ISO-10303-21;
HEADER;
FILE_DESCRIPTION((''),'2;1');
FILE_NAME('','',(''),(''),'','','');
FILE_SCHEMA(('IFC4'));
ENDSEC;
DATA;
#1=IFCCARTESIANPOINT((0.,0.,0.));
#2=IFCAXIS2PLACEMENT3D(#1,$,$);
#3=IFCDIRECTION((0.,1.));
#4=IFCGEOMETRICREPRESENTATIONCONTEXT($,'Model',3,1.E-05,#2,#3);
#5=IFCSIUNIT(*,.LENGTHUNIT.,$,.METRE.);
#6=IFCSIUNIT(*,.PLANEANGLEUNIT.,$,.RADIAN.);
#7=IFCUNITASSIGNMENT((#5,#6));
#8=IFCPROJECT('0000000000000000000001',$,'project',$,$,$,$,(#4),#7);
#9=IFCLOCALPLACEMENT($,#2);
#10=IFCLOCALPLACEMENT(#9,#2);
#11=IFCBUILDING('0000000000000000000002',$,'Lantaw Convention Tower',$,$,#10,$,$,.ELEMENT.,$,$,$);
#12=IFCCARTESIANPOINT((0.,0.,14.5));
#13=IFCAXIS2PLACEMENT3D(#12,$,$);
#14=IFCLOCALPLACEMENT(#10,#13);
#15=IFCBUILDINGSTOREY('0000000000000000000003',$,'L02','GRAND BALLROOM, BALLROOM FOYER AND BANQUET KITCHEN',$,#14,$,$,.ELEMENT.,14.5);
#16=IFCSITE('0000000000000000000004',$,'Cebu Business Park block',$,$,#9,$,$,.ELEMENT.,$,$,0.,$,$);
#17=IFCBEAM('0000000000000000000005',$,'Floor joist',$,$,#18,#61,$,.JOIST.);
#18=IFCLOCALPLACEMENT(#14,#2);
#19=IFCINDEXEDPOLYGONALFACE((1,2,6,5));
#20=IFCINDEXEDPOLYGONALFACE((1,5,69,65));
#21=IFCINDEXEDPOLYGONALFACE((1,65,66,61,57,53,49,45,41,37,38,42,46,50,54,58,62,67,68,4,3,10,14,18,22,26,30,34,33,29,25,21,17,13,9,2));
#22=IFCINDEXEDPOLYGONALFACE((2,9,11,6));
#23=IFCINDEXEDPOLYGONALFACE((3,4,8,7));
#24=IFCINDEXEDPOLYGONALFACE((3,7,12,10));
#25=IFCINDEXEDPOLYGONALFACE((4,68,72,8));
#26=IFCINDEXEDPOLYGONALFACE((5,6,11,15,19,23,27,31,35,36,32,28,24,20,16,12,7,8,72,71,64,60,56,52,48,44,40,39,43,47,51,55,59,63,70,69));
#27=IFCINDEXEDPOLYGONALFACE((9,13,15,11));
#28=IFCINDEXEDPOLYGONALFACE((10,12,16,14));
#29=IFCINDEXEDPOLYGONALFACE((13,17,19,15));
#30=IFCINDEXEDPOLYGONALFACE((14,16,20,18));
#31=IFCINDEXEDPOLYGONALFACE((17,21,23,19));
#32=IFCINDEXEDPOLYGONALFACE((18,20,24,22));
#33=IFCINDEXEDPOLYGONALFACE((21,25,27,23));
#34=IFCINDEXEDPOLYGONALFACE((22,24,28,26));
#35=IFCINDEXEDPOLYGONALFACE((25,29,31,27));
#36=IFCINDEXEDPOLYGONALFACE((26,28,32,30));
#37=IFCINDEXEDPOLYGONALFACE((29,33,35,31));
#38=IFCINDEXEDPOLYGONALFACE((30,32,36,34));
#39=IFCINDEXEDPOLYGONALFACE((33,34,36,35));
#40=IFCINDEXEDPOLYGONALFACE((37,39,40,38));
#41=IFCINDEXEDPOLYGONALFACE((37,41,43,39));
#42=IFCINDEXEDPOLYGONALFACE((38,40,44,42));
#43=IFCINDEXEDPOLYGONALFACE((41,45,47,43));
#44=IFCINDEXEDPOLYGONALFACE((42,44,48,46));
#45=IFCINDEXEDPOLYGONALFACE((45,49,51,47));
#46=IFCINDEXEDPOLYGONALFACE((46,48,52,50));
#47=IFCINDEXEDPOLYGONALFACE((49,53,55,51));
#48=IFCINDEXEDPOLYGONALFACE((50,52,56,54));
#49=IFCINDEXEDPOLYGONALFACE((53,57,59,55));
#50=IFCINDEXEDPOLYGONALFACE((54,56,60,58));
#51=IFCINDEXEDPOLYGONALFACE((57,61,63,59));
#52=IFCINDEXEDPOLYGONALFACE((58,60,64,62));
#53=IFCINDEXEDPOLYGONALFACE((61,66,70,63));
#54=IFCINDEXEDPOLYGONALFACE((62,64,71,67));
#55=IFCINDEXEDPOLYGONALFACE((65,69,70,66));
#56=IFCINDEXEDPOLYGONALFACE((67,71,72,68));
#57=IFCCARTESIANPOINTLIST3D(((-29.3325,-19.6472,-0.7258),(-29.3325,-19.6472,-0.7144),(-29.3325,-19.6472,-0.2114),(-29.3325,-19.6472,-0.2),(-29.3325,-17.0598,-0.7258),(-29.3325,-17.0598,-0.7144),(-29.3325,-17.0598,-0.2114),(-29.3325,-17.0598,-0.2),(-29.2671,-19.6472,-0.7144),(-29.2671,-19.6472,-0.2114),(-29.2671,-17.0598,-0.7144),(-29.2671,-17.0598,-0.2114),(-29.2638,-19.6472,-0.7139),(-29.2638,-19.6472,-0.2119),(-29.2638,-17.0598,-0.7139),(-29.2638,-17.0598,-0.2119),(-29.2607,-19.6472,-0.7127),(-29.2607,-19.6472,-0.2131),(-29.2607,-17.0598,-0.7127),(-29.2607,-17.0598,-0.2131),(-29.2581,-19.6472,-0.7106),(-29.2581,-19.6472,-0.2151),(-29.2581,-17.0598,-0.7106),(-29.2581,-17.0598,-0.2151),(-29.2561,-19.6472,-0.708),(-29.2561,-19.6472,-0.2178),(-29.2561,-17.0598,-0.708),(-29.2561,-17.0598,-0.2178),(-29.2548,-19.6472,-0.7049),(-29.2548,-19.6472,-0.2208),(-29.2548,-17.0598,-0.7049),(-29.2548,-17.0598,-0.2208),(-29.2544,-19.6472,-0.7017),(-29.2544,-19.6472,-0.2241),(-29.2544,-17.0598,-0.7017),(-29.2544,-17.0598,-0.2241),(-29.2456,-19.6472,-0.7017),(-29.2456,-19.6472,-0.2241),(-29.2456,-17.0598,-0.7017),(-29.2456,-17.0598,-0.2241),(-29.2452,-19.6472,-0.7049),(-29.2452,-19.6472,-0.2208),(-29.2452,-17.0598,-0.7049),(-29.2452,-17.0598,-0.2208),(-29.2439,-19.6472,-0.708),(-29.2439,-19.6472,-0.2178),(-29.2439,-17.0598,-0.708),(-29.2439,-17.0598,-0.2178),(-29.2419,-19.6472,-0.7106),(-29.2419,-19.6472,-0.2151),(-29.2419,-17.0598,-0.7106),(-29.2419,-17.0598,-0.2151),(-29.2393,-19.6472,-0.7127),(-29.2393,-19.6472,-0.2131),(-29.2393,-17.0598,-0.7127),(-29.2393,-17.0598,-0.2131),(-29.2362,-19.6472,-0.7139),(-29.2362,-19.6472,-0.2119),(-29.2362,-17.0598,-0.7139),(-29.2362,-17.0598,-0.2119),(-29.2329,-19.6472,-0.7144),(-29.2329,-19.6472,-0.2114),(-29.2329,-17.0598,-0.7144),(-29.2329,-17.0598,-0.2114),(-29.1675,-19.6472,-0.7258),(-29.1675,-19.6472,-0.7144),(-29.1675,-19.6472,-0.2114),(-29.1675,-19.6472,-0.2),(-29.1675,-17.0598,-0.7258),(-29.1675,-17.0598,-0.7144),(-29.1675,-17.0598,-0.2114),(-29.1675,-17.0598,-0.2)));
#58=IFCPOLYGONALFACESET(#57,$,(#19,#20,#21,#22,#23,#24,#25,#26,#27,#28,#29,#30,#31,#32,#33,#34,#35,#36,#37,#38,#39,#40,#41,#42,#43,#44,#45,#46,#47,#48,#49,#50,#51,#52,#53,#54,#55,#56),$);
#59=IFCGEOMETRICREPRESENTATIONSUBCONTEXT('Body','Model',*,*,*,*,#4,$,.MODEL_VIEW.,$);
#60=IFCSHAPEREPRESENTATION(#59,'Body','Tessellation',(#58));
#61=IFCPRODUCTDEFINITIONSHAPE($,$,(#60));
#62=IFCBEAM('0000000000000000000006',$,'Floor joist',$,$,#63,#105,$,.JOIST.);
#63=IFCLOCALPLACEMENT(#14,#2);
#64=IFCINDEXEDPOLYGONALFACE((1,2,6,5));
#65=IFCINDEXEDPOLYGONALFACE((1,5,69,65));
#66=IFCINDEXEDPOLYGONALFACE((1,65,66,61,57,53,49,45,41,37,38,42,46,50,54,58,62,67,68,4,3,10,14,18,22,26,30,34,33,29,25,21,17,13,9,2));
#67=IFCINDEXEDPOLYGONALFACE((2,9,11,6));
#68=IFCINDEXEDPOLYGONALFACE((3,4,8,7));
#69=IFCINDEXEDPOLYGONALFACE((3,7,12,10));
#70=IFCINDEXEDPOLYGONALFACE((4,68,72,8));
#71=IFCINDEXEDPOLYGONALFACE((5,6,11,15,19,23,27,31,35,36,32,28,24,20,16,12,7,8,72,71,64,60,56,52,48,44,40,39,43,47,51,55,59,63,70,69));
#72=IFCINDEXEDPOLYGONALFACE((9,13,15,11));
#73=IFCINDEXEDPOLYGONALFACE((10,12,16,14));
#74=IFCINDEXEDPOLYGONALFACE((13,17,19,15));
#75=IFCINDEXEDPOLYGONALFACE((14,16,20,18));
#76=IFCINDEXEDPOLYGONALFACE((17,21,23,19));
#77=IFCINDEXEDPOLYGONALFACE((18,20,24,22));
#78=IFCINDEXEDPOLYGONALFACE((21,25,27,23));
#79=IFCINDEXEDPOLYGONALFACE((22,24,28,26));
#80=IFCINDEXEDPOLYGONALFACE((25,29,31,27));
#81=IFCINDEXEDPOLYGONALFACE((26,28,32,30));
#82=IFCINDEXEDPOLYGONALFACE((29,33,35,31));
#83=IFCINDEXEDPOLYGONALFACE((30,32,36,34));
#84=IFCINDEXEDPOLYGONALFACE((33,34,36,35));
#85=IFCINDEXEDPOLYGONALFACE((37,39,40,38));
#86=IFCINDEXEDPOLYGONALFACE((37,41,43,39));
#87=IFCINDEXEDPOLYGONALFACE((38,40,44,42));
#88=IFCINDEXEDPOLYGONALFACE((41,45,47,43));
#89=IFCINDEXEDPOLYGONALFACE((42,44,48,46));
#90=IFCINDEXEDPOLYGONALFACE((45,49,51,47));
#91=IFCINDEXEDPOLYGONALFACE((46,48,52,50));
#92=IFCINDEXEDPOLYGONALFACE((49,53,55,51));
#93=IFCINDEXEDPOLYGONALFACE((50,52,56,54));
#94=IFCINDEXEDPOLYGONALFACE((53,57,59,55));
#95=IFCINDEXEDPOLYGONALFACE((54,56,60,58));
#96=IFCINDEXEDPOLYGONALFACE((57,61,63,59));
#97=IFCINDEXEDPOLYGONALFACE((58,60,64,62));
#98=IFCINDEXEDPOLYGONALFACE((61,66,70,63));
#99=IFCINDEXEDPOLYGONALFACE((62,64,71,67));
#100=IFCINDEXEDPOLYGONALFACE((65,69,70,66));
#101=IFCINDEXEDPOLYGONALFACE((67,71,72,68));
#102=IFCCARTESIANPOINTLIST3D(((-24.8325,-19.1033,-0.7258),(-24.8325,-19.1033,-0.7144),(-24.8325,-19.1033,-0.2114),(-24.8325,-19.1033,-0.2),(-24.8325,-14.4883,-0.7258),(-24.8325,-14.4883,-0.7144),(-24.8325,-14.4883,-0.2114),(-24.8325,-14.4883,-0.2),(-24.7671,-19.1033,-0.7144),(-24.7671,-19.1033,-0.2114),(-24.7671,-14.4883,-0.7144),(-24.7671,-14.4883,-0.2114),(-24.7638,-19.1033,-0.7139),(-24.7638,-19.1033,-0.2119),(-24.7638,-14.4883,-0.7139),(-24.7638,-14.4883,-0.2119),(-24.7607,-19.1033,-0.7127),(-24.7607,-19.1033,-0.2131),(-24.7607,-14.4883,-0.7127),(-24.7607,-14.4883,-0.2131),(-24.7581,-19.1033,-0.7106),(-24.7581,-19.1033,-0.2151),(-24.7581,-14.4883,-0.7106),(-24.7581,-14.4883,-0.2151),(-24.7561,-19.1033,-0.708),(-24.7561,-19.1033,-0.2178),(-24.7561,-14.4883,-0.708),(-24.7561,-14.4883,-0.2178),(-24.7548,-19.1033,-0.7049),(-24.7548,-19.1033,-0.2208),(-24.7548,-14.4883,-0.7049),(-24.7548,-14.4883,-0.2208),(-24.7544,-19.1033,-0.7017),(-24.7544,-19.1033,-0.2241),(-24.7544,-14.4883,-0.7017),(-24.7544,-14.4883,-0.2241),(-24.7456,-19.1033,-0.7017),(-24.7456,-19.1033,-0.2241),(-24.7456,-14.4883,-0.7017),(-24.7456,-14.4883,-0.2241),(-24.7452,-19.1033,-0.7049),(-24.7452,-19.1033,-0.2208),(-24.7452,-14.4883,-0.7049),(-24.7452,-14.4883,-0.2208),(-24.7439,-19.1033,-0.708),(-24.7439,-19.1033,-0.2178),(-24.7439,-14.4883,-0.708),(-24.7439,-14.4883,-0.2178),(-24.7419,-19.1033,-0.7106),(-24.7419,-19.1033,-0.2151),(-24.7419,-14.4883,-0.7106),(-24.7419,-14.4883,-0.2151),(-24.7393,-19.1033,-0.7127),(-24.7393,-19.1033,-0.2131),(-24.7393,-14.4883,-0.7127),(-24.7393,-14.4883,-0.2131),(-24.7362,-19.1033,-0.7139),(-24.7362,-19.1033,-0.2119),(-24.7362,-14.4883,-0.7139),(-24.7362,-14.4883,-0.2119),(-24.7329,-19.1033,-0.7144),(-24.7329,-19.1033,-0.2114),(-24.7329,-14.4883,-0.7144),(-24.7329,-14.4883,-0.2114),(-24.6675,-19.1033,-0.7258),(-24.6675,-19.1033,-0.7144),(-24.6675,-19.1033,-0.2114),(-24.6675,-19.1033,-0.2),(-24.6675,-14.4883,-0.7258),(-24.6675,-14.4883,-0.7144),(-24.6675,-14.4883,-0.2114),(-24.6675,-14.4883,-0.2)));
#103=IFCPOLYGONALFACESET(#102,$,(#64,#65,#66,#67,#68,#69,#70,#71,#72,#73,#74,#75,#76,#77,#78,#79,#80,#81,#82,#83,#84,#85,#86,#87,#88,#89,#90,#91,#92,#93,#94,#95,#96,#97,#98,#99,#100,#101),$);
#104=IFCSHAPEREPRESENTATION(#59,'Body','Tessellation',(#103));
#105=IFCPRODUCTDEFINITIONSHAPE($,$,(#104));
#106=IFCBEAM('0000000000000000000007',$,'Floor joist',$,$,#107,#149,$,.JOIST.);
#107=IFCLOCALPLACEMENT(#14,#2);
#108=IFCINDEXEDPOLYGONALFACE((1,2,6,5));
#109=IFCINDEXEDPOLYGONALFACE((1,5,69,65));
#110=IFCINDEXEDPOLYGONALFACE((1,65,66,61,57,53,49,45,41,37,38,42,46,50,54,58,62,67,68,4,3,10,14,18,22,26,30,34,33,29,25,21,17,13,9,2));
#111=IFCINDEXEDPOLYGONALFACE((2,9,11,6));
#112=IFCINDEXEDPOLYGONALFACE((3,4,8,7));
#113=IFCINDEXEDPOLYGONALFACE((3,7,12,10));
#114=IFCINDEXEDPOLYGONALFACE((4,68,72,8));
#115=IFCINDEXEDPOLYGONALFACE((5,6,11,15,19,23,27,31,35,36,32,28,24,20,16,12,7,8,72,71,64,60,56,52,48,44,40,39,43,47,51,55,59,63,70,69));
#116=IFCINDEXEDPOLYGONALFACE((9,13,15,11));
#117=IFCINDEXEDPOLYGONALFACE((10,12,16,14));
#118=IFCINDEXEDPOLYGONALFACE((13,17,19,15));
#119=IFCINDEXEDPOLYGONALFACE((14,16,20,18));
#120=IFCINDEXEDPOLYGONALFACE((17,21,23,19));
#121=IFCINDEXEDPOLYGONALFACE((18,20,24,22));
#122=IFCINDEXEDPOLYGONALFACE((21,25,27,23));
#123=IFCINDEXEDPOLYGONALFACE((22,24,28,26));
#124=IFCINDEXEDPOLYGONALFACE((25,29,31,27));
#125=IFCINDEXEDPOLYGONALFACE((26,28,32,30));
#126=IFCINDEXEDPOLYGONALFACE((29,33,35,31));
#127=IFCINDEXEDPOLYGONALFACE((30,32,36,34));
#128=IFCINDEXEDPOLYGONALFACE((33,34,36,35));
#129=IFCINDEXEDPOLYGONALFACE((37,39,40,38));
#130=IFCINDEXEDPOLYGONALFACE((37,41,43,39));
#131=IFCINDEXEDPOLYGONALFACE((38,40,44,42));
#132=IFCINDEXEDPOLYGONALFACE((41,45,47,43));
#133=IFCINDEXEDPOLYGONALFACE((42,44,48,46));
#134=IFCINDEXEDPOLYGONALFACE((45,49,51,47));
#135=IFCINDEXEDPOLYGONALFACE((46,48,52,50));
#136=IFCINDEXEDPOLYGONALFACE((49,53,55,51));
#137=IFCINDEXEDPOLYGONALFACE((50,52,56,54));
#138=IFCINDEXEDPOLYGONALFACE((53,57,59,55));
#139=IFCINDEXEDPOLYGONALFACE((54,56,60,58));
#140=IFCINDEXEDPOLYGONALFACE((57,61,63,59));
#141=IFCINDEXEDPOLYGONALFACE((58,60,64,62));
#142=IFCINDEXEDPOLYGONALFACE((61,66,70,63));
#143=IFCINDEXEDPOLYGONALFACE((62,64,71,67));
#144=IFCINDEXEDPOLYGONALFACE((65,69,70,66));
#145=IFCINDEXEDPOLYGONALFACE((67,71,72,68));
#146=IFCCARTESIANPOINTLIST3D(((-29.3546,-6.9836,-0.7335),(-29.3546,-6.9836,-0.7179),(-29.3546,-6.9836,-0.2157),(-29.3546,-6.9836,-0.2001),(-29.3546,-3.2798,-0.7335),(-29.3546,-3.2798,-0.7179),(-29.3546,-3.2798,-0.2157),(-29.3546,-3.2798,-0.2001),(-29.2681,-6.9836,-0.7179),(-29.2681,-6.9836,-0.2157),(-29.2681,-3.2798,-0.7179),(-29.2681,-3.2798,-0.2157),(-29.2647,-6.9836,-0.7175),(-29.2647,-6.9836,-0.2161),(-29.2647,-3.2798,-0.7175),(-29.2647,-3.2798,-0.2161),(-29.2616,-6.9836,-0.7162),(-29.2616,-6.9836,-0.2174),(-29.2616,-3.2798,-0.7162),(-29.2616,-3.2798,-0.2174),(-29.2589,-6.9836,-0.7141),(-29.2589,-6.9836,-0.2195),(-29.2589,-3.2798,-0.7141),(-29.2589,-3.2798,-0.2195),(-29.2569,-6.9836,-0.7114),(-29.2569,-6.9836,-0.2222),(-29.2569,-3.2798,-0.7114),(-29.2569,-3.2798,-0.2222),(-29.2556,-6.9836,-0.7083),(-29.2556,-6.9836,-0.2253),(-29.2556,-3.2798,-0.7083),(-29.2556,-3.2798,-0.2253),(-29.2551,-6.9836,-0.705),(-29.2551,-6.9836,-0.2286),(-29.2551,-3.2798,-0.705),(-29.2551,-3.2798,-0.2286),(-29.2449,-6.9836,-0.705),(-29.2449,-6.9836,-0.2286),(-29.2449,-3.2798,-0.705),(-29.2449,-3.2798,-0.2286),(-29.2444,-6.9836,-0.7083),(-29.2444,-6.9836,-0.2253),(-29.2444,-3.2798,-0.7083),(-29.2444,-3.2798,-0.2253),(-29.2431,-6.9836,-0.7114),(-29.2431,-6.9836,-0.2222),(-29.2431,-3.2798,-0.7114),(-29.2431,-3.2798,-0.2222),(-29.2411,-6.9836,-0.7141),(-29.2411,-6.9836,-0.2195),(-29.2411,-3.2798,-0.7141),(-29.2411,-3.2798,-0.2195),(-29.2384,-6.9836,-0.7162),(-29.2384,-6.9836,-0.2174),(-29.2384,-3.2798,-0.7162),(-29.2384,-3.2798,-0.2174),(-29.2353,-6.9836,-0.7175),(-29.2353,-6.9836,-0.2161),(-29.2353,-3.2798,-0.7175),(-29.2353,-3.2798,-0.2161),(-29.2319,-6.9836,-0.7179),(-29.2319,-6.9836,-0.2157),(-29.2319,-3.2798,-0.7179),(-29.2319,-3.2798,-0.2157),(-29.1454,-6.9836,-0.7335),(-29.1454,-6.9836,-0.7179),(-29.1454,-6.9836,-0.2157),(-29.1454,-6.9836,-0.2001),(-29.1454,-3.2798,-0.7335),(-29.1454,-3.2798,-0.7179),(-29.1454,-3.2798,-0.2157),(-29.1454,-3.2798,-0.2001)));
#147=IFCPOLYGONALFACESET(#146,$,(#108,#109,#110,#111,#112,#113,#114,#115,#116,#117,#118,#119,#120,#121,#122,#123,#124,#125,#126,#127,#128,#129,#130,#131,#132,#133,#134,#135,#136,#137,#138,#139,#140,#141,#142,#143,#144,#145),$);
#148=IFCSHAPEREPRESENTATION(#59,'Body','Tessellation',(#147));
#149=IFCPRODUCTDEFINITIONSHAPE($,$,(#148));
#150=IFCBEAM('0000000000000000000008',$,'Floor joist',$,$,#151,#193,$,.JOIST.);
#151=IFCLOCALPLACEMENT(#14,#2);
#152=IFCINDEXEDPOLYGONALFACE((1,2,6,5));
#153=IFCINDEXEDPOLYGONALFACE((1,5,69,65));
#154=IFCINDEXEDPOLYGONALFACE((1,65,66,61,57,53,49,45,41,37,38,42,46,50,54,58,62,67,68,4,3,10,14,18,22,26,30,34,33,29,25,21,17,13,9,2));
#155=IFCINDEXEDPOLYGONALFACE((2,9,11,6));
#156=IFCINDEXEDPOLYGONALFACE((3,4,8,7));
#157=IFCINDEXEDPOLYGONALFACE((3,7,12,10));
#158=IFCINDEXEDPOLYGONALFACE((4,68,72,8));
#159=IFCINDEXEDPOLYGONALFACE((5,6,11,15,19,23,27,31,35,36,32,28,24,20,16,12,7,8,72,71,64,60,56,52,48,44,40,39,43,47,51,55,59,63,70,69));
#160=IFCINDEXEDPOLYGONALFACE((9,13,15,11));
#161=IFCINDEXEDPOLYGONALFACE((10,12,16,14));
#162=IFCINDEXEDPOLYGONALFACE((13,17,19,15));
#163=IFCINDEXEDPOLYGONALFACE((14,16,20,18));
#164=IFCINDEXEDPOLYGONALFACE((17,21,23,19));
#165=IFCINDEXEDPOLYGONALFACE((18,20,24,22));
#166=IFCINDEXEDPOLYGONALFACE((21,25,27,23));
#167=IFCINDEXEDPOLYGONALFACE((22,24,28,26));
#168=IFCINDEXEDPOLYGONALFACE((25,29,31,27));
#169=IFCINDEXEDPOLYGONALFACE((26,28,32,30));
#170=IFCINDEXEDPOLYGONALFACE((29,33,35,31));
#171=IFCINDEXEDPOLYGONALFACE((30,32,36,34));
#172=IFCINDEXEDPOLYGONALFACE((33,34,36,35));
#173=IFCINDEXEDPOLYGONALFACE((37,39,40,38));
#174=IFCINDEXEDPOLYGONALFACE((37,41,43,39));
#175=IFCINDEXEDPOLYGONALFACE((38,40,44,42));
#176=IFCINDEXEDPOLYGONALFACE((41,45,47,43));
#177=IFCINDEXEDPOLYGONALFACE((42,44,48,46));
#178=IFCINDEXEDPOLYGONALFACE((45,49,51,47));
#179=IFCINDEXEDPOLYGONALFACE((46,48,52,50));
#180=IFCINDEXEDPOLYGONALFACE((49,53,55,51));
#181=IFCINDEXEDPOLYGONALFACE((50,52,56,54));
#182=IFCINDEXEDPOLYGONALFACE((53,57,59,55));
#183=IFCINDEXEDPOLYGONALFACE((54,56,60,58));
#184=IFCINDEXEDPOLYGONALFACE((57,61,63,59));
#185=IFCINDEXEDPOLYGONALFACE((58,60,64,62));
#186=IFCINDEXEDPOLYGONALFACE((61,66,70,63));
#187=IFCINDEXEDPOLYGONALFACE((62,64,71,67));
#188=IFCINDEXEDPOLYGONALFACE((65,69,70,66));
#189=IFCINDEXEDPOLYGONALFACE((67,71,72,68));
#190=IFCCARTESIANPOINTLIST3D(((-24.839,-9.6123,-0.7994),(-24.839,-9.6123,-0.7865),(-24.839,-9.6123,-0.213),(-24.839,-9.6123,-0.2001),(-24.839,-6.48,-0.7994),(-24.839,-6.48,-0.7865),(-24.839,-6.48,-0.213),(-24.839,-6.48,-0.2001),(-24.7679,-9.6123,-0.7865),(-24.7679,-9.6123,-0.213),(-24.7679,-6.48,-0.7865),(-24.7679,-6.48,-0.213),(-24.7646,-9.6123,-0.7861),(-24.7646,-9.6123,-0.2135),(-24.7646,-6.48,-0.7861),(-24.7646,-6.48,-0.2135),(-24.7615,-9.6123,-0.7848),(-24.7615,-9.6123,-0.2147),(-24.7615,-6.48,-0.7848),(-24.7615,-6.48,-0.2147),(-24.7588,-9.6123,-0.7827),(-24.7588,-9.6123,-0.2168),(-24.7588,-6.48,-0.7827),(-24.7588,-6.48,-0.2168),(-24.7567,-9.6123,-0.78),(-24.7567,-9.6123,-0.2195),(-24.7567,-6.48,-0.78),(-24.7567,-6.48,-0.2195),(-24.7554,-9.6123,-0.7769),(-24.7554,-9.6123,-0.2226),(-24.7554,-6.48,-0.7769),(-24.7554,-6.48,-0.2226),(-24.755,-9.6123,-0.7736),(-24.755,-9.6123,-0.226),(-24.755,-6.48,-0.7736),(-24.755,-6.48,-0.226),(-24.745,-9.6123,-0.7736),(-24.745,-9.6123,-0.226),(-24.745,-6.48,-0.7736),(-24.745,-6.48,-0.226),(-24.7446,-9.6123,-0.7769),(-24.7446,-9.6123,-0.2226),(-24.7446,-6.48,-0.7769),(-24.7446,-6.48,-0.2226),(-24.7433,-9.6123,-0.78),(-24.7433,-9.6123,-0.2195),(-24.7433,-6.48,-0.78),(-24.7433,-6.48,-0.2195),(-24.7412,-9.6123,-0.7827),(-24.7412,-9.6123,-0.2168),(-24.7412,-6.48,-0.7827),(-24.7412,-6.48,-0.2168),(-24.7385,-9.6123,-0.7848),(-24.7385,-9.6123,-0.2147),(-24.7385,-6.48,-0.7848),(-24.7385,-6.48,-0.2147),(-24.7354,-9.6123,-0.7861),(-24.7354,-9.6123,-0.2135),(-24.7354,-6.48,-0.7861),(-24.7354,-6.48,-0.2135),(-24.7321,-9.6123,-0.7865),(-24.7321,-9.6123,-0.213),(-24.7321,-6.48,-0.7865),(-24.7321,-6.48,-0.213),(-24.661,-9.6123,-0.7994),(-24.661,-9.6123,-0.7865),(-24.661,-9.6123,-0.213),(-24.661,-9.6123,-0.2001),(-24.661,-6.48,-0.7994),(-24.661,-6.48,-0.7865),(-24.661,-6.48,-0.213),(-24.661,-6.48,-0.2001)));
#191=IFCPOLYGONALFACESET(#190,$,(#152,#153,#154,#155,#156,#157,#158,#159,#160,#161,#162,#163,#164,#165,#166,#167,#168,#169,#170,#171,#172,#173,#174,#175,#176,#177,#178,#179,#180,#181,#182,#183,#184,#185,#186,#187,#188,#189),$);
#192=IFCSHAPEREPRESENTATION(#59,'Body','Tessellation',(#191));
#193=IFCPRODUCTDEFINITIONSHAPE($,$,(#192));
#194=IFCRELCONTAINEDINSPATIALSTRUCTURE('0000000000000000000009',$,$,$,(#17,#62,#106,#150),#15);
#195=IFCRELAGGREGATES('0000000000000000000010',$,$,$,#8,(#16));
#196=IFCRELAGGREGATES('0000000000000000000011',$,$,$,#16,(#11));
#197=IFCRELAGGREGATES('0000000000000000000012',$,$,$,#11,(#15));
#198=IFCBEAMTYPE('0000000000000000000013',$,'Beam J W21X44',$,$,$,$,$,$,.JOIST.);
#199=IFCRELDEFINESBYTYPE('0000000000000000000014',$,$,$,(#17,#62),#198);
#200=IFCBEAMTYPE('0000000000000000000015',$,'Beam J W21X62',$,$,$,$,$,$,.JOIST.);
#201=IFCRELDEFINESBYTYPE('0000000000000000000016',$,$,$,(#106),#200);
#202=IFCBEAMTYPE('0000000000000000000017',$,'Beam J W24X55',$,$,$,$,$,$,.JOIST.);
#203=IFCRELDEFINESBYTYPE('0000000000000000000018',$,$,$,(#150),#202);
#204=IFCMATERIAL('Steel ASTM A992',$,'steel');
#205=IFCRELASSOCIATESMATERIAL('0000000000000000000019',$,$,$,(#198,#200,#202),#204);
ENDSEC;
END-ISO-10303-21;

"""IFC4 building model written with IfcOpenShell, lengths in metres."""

from ifc_helpers import new_model, si_unit, direction, frame, origin, origin_2d, place, context, subcontext, project, spatial, i_section, extrude, material, material_profile, profile_set, type_object, element, save


model = new_model("IFC4")

# Units and contexts
model_context = context("Model", 3, precision=1e-05, world=origin(), true_north=direction((0.0, 1.0)))
body_context = subcontext(model_context, "Body", "Model", "MODEL_VIEW")
ifc_project = project(units=[si_unit("LENGTHUNIT", "METRE"), si_unit("PLANEANGLEUNIT", "RADIAN")], contexts=[model_context])

# Site, building, storey
site_placement = place(None, origin())
site = spatial("IfcSite", under=ifc_project, at=site_placement, Name="Cebu Business Park block", CompositionType="ELEMENT", RefElevation=0.0)
building_placement = place(site_placement, origin())
building = spatial("IfcBuilding", under=site, at=building_placement, Name="Lantaw Convention Tower", CompositionType="ELEMENT")
storey_placement = place(building_placement, frame((0.0, 0.0, 14.5)))
storey = spatial("IfcBuildingStorey", under=building, at=storey_placement, Name="L02", Description="GRAND BALLROOM, BALLROOM FOYER AND BANQUET KITCHEN", CompositionType="ELEMENT", Elevation=14.5)

# Beams
ifc_material_1 = material(Name="Steel ASTM A992", Category="steel")
ifc_material_profile_1 = material_profile(ifc_material_1, i_section(OverallWidth=0.165, OverallDepth=0.5259, WebThickness=0.0088, FlangeThickness=0.0115, FilletRadius=0.0127, at=origin_2d()), Name="W21X44")
ifc_profile_set_1 = profile_set([ifc_material_profile_1], Name="Steel ASTM A992")
beam_type_1 = type_object("IfcBeamType", Name="Beam J W21X44", PredefinedType="JOIST", material=ifc_profile_set_1)
beam_1_placement = place(storey_placement, frame((-29.25, -19.6472, -0.4629), z_axis=(0.0, 1.0, 0.0), x_axis=(-1.0, 0.0, 0.0)))
element("IfcBeam", 1, at=beam_1_placement, inside=storey, type_object=beam_type_1, Name="Floor joist", PredefinedType="JOIST", context=body_context, shape_type="SweptSolid", body=[
    extrude(i_section(OverallWidth=0.165, OverallDepth=0.5259, WebThickness=0.0088, FlangeThickness=0.0115, FilletRadius=0.0127, at=origin_2d()), origin(), (0.0, 0.0, 1.0), 2.5874),
])
beam_2_placement = place(storey_placement, frame((-24.75, -19.1033, -0.4629), z_axis=(0.0, 1.0, 0.0), x_axis=(-1.0, 0.0, 0.0)))
element("IfcBeam", 2, at=beam_2_placement, inside=storey, type_object=beam_type_1, Name="Floor joist", PredefinedType="JOIST", context=body_context, shape_type="SweptSolid", body=[
    extrude(i_section(OverallWidth=0.165, OverallDepth=0.5259, WebThickness=0.0088, FlangeThickness=0.0115, FilletRadius=0.0127, at=origin_2d()), origin(), (0.0, 0.0, 1.0), 4.615),
])
ifc_material_profile_2 = material_profile(ifc_material_1, i_section(OverallWidth=0.2092, OverallDepth=0.5334, WebThickness=0.0103, FlangeThickness=0.0156, FilletRadius=0.0129, at=origin_2d()), Name="W21X62")
ifc_profile_set_2 = profile_set([ifc_material_profile_2], Name="Steel ASTM A992")
beam_type_2 = type_object("IfcBeamType", Name="Beam J W21X62", PredefinedType="JOIST", material=ifc_profile_set_2)
beam_3_placement = place(storey_placement, frame((-29.25, -6.9836, -0.4668), z_axis=(0.0, 1.0, 0.0), x_axis=(-1.0, 0.0, 0.0)))
element("IfcBeam", 3, at=beam_3_placement, inside=storey, type_object=beam_type_2, Name="Floor joist", PredefinedType="JOIST", context=body_context, shape_type="SweptSolid", body=[
    extrude(i_section(OverallWidth=0.2092, OverallDepth=0.5334, WebThickness=0.0103, FlangeThickness=0.0156, FilletRadius=0.0129, at=origin_2d()), origin(), (0.0, 0.0, 1.0), 3.7039),
])
ifc_material_profile_3 = material_profile(ifc_material_1, i_section(OverallWidth=0.178, OverallDepth=0.5994, WebThickness=0.01, FlangeThickness=0.0129, FilletRadius=0.0129, at=origin_2d()), Name="W24X55")
ifc_profile_set_3 = profile_set([ifc_material_profile_3], Name="Steel ASTM A992")
beam_type_3 = type_object("IfcBeamType", Name="Beam J W24X55", PredefinedType="JOIST", material=ifc_profile_set_3)
beam_4_placement = place(storey_placement, frame((-24.75, -9.6123, -0.4998), z_axis=(0.0, 1.0, 0.0), x_axis=(-1.0, 0.0, 0.0)))
element("IfcBeam", 4, at=beam_4_placement, inside=storey, type_object=beam_type_3, Name="Floor joist", PredefinedType="JOIST", context=body_context, shape_type="SweptSolid", body=[
    extrude(i_section(OverallWidth=0.178, OverallDepth=0.5994, WebThickness=0.01, FlangeThickness=0.0129, FilletRadius=0.0129, at=origin_2d()), origin(), (0.0, 0.0, 1.0), 3.1323),
])

save(model, "model.ifc")
